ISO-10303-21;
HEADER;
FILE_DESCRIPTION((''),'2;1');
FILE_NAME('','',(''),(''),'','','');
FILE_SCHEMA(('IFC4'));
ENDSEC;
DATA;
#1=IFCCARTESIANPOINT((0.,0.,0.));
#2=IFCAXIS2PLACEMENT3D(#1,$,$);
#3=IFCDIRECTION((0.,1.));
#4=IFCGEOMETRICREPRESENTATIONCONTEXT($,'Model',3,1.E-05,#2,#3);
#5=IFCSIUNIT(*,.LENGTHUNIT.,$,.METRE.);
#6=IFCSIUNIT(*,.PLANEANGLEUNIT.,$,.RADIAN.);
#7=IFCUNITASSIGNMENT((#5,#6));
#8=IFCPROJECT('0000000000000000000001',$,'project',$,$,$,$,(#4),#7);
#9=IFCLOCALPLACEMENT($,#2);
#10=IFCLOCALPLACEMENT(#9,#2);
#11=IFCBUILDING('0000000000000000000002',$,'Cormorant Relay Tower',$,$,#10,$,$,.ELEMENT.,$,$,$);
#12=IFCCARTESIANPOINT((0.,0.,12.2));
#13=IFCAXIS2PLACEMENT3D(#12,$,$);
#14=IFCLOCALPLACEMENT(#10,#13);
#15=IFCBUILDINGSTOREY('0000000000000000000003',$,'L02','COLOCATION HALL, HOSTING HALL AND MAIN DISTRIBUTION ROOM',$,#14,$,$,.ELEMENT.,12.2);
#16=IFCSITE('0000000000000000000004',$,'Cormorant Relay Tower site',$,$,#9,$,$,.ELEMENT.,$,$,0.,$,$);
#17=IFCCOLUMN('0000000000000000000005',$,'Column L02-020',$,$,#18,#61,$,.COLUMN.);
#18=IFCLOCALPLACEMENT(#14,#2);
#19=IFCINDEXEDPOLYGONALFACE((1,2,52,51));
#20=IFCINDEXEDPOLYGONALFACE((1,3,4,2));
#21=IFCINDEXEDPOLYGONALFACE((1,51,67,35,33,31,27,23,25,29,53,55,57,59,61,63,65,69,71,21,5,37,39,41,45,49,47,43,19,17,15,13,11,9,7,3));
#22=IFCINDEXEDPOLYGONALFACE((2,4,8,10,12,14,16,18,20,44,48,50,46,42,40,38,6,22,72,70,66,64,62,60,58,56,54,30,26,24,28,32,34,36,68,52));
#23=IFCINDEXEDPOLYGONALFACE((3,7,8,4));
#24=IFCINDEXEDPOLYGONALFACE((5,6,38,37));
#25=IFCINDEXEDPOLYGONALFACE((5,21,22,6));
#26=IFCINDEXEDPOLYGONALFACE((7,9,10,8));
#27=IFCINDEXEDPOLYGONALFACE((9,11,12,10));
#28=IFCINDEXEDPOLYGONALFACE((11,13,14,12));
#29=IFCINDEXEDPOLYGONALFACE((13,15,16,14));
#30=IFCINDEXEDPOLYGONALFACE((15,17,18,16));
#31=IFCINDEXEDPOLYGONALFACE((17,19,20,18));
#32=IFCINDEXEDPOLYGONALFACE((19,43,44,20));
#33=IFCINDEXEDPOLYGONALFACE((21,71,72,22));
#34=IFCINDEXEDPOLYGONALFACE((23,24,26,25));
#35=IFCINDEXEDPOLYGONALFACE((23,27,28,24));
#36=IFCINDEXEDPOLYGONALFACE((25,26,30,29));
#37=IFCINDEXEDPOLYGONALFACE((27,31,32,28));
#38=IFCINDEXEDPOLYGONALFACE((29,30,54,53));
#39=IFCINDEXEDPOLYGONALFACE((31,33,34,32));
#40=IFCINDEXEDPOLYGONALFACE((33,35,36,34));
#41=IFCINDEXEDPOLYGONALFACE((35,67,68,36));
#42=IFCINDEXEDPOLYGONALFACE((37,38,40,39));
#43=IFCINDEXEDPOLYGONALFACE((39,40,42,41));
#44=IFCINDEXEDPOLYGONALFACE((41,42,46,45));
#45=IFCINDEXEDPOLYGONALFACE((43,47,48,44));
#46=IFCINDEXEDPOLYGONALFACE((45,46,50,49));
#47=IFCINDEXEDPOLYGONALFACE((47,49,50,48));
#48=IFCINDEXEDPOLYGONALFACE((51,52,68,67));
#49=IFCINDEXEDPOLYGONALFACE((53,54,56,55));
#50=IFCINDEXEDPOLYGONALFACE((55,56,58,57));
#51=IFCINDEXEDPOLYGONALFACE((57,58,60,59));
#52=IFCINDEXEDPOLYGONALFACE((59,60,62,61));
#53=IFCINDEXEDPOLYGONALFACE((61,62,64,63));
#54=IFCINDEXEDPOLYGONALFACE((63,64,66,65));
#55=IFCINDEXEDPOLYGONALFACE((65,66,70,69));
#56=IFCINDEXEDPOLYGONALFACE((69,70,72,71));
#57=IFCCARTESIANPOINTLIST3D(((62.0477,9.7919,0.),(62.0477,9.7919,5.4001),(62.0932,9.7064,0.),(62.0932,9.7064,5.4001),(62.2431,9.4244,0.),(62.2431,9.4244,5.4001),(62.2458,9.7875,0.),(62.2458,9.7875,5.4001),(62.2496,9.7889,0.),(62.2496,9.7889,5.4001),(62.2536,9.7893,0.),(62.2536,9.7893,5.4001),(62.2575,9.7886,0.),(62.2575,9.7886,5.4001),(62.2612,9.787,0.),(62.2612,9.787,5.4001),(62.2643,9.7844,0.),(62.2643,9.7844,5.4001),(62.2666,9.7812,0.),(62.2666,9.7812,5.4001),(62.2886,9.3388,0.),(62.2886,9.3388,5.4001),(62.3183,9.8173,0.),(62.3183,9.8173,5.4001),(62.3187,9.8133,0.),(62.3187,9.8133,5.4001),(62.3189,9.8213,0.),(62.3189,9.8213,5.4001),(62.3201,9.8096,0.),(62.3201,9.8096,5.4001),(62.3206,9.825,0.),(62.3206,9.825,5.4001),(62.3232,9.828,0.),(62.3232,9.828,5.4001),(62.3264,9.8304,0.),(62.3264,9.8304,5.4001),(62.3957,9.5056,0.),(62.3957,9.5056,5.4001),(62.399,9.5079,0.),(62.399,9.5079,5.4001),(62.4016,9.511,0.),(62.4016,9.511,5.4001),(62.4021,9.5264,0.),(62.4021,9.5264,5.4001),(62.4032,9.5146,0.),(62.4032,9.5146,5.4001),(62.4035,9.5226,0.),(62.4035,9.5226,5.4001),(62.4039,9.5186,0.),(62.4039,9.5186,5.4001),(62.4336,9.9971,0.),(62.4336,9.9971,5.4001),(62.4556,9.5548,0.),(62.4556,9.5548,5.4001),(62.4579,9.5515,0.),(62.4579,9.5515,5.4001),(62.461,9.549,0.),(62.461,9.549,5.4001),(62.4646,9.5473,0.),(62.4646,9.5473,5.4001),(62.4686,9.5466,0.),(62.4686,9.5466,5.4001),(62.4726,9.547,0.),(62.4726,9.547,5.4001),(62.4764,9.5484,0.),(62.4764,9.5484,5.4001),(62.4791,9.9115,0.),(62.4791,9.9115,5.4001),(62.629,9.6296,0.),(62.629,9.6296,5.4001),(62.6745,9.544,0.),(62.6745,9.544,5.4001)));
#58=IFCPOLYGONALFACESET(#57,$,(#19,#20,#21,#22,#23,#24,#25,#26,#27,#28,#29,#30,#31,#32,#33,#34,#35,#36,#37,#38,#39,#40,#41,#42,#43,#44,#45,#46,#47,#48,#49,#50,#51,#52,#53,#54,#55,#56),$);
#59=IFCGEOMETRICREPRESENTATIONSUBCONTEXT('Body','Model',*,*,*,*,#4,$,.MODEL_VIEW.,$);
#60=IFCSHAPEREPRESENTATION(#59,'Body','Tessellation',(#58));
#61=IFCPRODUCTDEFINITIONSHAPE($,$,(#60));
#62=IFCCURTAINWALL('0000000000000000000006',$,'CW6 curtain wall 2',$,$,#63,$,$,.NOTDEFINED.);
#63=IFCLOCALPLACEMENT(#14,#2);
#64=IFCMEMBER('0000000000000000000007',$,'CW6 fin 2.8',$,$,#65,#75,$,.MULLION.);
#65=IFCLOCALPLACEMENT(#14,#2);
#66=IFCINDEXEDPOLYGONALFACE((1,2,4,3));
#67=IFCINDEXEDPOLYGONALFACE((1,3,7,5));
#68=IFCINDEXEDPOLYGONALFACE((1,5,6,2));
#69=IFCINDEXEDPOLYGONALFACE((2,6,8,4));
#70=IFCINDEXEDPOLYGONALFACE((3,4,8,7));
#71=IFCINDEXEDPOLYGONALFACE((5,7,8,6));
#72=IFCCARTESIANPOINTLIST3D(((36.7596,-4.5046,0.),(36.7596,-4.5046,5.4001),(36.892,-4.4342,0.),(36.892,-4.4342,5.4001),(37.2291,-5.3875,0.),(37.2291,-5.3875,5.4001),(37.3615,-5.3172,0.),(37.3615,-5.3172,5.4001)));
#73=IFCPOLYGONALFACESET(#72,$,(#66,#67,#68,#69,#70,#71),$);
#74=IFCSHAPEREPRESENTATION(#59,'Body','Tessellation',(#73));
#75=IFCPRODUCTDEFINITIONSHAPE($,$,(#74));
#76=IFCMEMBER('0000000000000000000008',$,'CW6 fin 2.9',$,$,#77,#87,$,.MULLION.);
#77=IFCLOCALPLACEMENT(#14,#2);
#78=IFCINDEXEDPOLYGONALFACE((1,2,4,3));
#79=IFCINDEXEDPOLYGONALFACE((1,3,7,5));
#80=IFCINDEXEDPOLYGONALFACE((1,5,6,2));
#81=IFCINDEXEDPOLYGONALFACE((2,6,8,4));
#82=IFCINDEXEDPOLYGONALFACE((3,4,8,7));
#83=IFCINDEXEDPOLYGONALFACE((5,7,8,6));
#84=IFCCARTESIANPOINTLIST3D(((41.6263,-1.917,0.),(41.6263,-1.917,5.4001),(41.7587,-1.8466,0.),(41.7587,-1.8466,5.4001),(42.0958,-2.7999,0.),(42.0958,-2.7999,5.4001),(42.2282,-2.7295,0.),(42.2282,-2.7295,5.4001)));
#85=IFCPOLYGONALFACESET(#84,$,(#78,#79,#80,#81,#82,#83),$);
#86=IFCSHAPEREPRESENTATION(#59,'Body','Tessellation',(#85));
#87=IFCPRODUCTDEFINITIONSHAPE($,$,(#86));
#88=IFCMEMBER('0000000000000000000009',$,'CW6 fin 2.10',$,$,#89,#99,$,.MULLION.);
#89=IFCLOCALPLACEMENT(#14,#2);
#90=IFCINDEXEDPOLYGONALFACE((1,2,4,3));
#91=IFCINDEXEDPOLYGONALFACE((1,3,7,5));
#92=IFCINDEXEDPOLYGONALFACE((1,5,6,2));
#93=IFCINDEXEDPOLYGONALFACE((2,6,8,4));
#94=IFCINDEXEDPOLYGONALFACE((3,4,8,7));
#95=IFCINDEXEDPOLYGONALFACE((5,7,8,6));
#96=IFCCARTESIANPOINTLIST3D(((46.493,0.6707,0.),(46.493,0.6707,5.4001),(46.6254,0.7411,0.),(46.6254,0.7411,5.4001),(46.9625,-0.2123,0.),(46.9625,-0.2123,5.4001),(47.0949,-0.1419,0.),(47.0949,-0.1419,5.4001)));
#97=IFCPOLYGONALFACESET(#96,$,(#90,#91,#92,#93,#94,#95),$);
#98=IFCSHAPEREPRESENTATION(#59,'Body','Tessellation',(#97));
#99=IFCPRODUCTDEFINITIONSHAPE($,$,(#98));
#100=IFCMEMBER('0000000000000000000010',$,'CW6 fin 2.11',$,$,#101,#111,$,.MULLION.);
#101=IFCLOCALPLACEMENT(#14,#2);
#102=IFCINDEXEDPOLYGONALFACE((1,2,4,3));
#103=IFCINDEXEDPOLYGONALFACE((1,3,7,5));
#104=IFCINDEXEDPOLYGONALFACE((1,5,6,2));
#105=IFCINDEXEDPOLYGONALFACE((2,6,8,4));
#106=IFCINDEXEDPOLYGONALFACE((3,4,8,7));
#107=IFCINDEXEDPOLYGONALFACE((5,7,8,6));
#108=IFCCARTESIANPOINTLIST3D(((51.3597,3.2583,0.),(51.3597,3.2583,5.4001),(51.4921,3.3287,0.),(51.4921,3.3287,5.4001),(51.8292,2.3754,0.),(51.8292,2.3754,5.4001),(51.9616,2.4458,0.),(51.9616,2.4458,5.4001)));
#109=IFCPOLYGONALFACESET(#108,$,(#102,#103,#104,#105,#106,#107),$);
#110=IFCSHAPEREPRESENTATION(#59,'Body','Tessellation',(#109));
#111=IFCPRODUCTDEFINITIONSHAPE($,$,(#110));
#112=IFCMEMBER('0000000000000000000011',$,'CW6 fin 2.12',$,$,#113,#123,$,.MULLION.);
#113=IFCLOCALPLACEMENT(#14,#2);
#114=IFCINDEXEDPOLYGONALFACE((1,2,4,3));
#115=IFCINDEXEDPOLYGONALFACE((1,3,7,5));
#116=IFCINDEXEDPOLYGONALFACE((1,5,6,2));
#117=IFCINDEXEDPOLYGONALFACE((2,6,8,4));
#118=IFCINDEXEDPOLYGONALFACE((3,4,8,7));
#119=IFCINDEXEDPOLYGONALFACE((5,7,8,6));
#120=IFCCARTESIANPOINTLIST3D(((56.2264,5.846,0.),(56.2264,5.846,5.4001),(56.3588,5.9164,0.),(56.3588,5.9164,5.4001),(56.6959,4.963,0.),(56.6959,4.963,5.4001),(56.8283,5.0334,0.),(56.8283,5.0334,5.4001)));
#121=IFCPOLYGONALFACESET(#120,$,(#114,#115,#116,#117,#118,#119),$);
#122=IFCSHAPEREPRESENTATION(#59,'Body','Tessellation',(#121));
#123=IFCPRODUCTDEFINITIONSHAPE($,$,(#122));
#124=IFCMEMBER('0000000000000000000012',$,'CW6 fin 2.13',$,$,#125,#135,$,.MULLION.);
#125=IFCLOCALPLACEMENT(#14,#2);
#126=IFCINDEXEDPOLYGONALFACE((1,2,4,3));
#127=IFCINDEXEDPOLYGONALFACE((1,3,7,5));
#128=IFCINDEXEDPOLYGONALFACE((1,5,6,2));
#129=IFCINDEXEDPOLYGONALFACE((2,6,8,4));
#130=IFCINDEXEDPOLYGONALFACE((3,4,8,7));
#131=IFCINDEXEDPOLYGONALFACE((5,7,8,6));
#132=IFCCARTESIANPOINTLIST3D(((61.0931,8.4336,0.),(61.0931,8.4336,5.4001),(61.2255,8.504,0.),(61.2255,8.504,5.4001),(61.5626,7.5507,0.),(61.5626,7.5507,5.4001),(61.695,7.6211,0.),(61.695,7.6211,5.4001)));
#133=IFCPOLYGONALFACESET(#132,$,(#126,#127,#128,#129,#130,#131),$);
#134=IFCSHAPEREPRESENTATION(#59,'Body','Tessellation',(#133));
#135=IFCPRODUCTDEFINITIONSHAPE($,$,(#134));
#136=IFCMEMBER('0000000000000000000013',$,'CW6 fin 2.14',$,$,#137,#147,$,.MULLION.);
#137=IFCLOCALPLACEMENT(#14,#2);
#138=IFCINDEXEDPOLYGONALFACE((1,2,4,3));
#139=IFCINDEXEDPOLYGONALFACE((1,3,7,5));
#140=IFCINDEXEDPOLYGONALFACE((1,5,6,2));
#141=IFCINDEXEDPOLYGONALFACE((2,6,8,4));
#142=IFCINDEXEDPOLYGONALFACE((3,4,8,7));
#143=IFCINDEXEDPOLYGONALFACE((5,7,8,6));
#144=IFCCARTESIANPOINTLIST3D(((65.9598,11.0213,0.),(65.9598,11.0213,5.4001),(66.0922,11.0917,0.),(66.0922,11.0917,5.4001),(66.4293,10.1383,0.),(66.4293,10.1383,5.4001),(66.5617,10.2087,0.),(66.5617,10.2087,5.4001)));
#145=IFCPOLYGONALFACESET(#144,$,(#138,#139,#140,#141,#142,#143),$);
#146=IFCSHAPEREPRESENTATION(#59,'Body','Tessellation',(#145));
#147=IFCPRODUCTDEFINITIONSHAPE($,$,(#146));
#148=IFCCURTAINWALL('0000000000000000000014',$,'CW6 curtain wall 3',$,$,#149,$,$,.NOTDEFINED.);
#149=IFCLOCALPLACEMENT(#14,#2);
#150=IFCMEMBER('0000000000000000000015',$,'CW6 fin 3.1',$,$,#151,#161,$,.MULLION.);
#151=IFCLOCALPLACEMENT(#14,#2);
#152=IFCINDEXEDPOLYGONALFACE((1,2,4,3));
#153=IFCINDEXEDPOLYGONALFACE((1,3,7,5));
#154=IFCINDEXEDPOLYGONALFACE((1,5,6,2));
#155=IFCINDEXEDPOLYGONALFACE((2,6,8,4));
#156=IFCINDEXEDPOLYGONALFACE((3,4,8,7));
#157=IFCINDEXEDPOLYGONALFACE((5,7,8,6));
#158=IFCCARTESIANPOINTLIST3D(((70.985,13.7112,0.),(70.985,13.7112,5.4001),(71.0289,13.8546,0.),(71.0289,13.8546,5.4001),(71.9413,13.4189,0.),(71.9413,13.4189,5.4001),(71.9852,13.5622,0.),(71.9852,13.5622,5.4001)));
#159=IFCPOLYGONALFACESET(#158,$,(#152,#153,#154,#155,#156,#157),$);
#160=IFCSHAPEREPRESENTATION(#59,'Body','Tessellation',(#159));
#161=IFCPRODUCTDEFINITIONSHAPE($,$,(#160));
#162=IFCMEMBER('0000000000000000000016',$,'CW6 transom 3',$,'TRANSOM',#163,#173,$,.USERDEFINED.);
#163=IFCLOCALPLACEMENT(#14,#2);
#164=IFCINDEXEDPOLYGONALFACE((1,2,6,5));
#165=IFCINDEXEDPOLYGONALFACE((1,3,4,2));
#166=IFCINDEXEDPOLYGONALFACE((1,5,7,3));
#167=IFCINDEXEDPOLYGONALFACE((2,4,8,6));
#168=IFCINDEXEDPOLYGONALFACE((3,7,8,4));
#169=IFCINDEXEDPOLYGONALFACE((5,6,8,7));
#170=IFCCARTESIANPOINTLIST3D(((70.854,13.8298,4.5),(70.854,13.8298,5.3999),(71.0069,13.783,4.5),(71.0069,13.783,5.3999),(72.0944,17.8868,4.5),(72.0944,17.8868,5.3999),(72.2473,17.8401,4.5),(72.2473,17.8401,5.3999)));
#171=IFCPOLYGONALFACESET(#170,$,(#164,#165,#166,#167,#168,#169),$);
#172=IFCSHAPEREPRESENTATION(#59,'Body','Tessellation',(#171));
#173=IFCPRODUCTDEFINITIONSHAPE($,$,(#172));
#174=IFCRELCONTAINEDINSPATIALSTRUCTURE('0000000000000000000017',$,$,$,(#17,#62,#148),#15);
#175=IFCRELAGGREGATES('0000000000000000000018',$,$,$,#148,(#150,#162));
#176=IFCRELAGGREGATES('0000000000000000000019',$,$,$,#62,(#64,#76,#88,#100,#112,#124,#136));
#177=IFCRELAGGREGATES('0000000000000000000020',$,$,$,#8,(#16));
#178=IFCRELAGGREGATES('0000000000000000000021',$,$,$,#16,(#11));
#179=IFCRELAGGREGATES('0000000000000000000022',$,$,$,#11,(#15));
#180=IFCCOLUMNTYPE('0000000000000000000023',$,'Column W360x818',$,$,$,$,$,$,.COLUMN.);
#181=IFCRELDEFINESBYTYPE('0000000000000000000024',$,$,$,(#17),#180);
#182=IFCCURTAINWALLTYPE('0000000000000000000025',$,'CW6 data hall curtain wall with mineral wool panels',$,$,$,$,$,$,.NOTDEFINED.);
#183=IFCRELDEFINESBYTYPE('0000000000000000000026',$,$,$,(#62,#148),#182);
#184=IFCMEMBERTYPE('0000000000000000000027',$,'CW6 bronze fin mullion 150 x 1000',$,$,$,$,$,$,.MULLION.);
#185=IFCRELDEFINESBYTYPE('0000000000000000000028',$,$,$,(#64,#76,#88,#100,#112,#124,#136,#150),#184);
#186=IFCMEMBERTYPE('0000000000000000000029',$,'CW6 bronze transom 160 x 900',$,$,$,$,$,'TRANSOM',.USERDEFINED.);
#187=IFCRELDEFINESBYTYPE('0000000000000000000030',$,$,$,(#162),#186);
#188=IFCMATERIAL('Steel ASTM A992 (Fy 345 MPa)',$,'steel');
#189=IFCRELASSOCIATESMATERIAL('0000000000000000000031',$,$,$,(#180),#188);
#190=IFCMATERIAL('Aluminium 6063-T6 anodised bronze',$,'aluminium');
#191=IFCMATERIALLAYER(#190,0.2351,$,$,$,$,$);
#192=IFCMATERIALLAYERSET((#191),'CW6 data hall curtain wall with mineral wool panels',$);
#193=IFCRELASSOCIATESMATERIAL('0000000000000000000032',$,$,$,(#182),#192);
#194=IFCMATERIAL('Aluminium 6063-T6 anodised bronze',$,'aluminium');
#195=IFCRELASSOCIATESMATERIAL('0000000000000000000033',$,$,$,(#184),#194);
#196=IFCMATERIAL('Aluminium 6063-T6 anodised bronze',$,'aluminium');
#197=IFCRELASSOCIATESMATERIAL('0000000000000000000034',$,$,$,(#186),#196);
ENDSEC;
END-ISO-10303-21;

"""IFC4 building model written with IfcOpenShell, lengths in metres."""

from ifc_helpers import new_model, si_unit, direction, frame, origin, origin_2d, place, context, subcontext, project, spatial, rectangle, i_section, extrude, material, layer, layer_set, material_profile, profile_set, type_object, element, aggregate, save


model = new_model("IFC4")

# Units and contexts
model_context = context("Model", 3, precision=1e-05, world=origin(), true_north=direction((0.0, 1.0)))
body_context = subcontext(model_context, "Body", "Model", "MODEL_VIEW")
ifc_project = project(units=[si_unit("LENGTHUNIT", "METRE"), si_unit("PLANEANGLEUNIT", "RADIAN")], contexts=[model_context])

# Site, building, storey
site_placement = place(None, origin())
site = spatial("IfcSite", under=ifc_project, at=site_placement, Name="Cormorant Relay Tower site", CompositionType="ELEMENT", RefElevation=0.0)
building_placement = place(site_placement, origin())
building = spatial("IfcBuilding", under=site, at=building_placement, Name="Cormorant Relay Tower", CompositionType="ELEMENT")
storey_placement = place(building_placement, frame((0.0, 0.0, 12.2)))
storey = spatial("IfcBuildingStorey", under=building, at=storey_placement, Name="L02", Description="COLOCATION HALL, HOSTING HALL AND MAIN DISTRIBUTION ROOM", CompositionType="ELEMENT", Elevation=12.2)

# Column
ifc_material_1 = material(Name="Steel ASTM A992 (Fy 345 MPa)", Category="steel")
ifc_material_profile_1 = material_profile(ifc_material_1, i_section(OverallWidth=0.437, OverallDepth=0.5132, WebThickness=0.0605, FlangeThickness=0.0969, FilletRadius=0.0154, at=origin_2d()), Name="W360x818")
ifc_profile_set_1 = profile_set([ifc_material_profile_1], Name="Steel ASTM A992 (Fy 345 MPa)")
column_type_1 = type_object("IfcColumnType", Name="Column W360x818", PredefinedType="COLUMN", material=ifc_profile_set_1)
for number, where, z_axis, x_axis, name in (
    (1, (62.3611, 9.668, 0.0), (0.0, 0.0, 1.0), (0.882948, 0.469472, 0.0), "Column L02-020"),
):
    element("IfcColumn", number, at=place(storey_placement, frame(where, z_axis=z_axis, x_axis=x_axis)), inside=storey, type_object=column_type_1, Name=name, PredefinedType="COLUMN", context=body_context, shape_type="SweptSolid", body=[
        extrude(i_section(OverallWidth=0.437, OverallDepth=0.5132, WebThickness=0.0605, FlangeThickness=0.0969, FilletRadius=0.0154, at=origin_2d()), origin(), (0.0, 0.0, 1.0), 5.4001),
    ])

# Curtain walls, members
ifc_material_2 = material(Name="Aluminium 6063-T6 anodised bronze", Category="aluminium")
ifc_layer_1 = layer(ifc_material_2, 0.2351)
ifc_layer_set_1 = layer_set([ifc_layer_1], Name="CW6 data hall curtain wall with mineral wool panels")
curtain_wall_type = type_object("IfcCurtainWallType", Name="CW6 data hall curtain wall with mineral wool panels", PredefinedType="NOTDEFINED", material=ifc_layer_set_1)
curtain_wall_1_placement = place(storey_placement, origin())
curtain_wall_1 = element("IfcCurtainWall", 2, at=curtain_wall_1_placement, inside=storey, type_object=curtain_wall_type, Name="CW6 curtain wall 2", PredefinedType="NOTDEFINED")
ifc_material_3 = material(Name="Aluminium 6063-T6 anodised bronze", Category="aluminium")
ifc_material_profile_2 = material_profile(ifc_material_3, rectangle(XDim=0.1499, YDim=1.0, at=origin_2d()), Name="AL 150x1000")
ifc_profile_set_2 = profile_set([ifc_material_profile_2], Name="Aluminium 6063-T6 anodised bronze")
member_type_1 = type_object("IfcMemberType", Name="CW6 bronze fin mullion 150 x 1000", PredefinedType="MULLION", material=ifc_profile_set_2)
member_1_placement = place(storey_placement, frame((37.0605, -4.9109, 0.0), z_axis=(0.0, 0.0, 1.0), x_axis=(0.882948, 0.469472, 0.0)))
member_1 = element("IfcMember", 3, at=member_1_placement, type_object=member_type_1, Name="CW6 fin 2.8", PredefinedType="MULLION", context=body_context, shape_type="SweptSolid", body=[
    extrude(rectangle(XDim=0.1499, YDim=1.0, at=origin_2d()), origin(), (0.0, 0.0, 1.0), 5.4001),
])
member_2_placement = place(storey_placement, frame((41.9272, -2.3232, 0.0), z_axis=(0.0, 0.0, 1.0), x_axis=(0.882948, 0.469472, 0.0)))
member_2 = element("IfcMember", 4, at=member_2_placement, type_object=member_type_1, Name="CW6 fin 2.9", PredefinedType="MULLION", context=body_context, shape_type="SweptSolid", body=[
    extrude(rectangle(XDim=0.1499, YDim=1.0, at=origin_2d()), origin(), (0.0, 0.0, 1.0), 5.4001),
])
member_3_placement = place(storey_placement, frame((46.7939, 0.2644, 0.0), z_axis=(0.0, 0.0, 1.0), x_axis=(0.882948, 0.469472, 0.0)))
member_3 = element("IfcMember", 5, at=member_3_placement, type_object=member_type_1, Name="CW6 fin 2.10", PredefinedType="MULLION", context=body_context, shape_type="SweptSolid", body=[
    extrude(rectangle(XDim=0.1499, YDim=1.0, at=origin_2d()), origin(), (0.0, 0.0, 1.0), 5.4001),
])
member_4_placement = place(storey_placement, frame((51.6606, 2.8521, 0.0), z_axis=(0.0, 0.0, 1.0), x_axis=(0.882948, 0.469472, 0.0)))
member_4 = element("IfcMember", 6, at=member_4_placement, type_object=member_type_1, Name="CW6 fin 2.11", PredefinedType="MULLION", context=body_context, shape_type="SweptSolid", body=[
    extrude(rectangle(XDim=0.1499, YDim=1.0, at=origin_2d()), origin(), (0.0, 0.0, 1.0), 5.4001),
])
member_5_placement = place(storey_placement, frame((56.5273, 5.4397, 0.0), z_axis=(0.0, 0.0, 1.0), x_axis=(0.882948, 0.469472, 0.0)))
member_5 = element("IfcMember", 7, at=member_5_placement, type_object=member_type_1, Name="CW6 fin 2.12", PredefinedType="MULLION", context=body_context, shape_type="SweptSolid", body=[
    extrude(rectangle(XDim=0.1499, YDim=1.0, at=origin_2d()), origin(), (0.0, 0.0, 1.0), 5.4001),
])
member_6_placement = place(storey_placement, frame((61.394, 8.0273, 0.0), z_axis=(0.0, 0.0, 1.0), x_axis=(0.882948, 0.469472, 0.0)))
member_6 = element("IfcMember", 8, at=member_6_placement, type_object=member_type_1, Name="CW6 fin 2.13", PredefinedType="MULLION", context=body_context, shape_type="SweptSolid", body=[
    extrude(rectangle(XDim=0.1499, YDim=1.0, at=origin_2d()), origin(), (0.0, 0.0, 1.0), 5.4001),
])
member_7_placement = place(storey_placement, frame((66.2607, 10.615, 0.0), z_axis=(0.0, 0.0, 1.0), x_axis=(0.882948, 0.469472, 0.0)))
member_7 = element("IfcMember", 9, at=member_7_placement, type_object=member_type_1, Name="CW6 fin 2.14", PredefinedType="MULLION", context=body_context, shape_type="SweptSolid", body=[
    extrude(rectangle(XDim=0.1499, YDim=1.0, at=origin_2d()), origin(), (0.0, 0.0, 1.0), 5.4001),
])
curtain_wall_2_placement = place(storey_placement, origin())
curtain_wall_2 = element("IfcCurtainWall", 10, at=curtain_wall_2_placement, inside=storey, type_object=curtain_wall_type, Name="CW6 curtain wall 3", PredefinedType="NOTDEFINED")
member_8_placement = place(storey_placement, frame((71.4851, 13.6367, 0.0), z_axis=(0.0, 0.0, 1.0), x_axis=(0.292372, 0.956305, 0.0)))
member_8 = element("IfcMember", 11, at=member_8_placement, type_object=member_type_1, Name="CW6 fin 3.1", PredefinedType="MULLION", context=body_context, shape_type="SweptSolid", body=[
    extrude(rectangle(XDim=0.1499, YDim=1.0, at=origin_2d()), origin(), (0.0, 0.0, 1.0), 5.4001),
])
ifc_material_4 = material(Name="Aluminium 6063-T6 anodised bronze", Category="aluminium")
ifc_material_profile_3 = material_profile(ifc_material_4, rectangle(XDim=0.1599, YDim=0.8999, at=origin_2d()), Name="AL 160x900")
ifc_profile_set_3 = profile_set([ifc_material_profile_3], Name="Aluminium 6063-T6 anodised bronze")
member_type_2 = type_object("IfcMemberType", Name="CW6 bronze transom 160 x 900", ElementType="TRANSOM", PredefinedType="USERDEFINED", material=ifc_profile_set_3)
member_9_placement = place(storey_placement, frame((70.9304, 13.8064, 4.95), z_axis=(0.292391, 0.956299, 0.0), x_axis=(-0.956299, 0.292391, 0.0)))
member_9 = element("IfcMember", 12, at=member_9_placement, type_object=member_type_2, Name="CW6 transom 3", ObjectType="TRANSOM", PredefinedType="USERDEFINED", context=body_context, shape_type="SweptSolid", body=[
    extrude(rectangle(XDim=0.1599, YDim=0.8999, at=origin_2d()), origin(), (0.0, 0.0, 1.0), 4.2424),
])
aggregate(curtain_wall_2, [member_8, member_9])

aggregate(curtain_wall_1, [member_1, member_2, member_3, member_4, member_5, member_6, member_7])

save(model, "model.ifc")
